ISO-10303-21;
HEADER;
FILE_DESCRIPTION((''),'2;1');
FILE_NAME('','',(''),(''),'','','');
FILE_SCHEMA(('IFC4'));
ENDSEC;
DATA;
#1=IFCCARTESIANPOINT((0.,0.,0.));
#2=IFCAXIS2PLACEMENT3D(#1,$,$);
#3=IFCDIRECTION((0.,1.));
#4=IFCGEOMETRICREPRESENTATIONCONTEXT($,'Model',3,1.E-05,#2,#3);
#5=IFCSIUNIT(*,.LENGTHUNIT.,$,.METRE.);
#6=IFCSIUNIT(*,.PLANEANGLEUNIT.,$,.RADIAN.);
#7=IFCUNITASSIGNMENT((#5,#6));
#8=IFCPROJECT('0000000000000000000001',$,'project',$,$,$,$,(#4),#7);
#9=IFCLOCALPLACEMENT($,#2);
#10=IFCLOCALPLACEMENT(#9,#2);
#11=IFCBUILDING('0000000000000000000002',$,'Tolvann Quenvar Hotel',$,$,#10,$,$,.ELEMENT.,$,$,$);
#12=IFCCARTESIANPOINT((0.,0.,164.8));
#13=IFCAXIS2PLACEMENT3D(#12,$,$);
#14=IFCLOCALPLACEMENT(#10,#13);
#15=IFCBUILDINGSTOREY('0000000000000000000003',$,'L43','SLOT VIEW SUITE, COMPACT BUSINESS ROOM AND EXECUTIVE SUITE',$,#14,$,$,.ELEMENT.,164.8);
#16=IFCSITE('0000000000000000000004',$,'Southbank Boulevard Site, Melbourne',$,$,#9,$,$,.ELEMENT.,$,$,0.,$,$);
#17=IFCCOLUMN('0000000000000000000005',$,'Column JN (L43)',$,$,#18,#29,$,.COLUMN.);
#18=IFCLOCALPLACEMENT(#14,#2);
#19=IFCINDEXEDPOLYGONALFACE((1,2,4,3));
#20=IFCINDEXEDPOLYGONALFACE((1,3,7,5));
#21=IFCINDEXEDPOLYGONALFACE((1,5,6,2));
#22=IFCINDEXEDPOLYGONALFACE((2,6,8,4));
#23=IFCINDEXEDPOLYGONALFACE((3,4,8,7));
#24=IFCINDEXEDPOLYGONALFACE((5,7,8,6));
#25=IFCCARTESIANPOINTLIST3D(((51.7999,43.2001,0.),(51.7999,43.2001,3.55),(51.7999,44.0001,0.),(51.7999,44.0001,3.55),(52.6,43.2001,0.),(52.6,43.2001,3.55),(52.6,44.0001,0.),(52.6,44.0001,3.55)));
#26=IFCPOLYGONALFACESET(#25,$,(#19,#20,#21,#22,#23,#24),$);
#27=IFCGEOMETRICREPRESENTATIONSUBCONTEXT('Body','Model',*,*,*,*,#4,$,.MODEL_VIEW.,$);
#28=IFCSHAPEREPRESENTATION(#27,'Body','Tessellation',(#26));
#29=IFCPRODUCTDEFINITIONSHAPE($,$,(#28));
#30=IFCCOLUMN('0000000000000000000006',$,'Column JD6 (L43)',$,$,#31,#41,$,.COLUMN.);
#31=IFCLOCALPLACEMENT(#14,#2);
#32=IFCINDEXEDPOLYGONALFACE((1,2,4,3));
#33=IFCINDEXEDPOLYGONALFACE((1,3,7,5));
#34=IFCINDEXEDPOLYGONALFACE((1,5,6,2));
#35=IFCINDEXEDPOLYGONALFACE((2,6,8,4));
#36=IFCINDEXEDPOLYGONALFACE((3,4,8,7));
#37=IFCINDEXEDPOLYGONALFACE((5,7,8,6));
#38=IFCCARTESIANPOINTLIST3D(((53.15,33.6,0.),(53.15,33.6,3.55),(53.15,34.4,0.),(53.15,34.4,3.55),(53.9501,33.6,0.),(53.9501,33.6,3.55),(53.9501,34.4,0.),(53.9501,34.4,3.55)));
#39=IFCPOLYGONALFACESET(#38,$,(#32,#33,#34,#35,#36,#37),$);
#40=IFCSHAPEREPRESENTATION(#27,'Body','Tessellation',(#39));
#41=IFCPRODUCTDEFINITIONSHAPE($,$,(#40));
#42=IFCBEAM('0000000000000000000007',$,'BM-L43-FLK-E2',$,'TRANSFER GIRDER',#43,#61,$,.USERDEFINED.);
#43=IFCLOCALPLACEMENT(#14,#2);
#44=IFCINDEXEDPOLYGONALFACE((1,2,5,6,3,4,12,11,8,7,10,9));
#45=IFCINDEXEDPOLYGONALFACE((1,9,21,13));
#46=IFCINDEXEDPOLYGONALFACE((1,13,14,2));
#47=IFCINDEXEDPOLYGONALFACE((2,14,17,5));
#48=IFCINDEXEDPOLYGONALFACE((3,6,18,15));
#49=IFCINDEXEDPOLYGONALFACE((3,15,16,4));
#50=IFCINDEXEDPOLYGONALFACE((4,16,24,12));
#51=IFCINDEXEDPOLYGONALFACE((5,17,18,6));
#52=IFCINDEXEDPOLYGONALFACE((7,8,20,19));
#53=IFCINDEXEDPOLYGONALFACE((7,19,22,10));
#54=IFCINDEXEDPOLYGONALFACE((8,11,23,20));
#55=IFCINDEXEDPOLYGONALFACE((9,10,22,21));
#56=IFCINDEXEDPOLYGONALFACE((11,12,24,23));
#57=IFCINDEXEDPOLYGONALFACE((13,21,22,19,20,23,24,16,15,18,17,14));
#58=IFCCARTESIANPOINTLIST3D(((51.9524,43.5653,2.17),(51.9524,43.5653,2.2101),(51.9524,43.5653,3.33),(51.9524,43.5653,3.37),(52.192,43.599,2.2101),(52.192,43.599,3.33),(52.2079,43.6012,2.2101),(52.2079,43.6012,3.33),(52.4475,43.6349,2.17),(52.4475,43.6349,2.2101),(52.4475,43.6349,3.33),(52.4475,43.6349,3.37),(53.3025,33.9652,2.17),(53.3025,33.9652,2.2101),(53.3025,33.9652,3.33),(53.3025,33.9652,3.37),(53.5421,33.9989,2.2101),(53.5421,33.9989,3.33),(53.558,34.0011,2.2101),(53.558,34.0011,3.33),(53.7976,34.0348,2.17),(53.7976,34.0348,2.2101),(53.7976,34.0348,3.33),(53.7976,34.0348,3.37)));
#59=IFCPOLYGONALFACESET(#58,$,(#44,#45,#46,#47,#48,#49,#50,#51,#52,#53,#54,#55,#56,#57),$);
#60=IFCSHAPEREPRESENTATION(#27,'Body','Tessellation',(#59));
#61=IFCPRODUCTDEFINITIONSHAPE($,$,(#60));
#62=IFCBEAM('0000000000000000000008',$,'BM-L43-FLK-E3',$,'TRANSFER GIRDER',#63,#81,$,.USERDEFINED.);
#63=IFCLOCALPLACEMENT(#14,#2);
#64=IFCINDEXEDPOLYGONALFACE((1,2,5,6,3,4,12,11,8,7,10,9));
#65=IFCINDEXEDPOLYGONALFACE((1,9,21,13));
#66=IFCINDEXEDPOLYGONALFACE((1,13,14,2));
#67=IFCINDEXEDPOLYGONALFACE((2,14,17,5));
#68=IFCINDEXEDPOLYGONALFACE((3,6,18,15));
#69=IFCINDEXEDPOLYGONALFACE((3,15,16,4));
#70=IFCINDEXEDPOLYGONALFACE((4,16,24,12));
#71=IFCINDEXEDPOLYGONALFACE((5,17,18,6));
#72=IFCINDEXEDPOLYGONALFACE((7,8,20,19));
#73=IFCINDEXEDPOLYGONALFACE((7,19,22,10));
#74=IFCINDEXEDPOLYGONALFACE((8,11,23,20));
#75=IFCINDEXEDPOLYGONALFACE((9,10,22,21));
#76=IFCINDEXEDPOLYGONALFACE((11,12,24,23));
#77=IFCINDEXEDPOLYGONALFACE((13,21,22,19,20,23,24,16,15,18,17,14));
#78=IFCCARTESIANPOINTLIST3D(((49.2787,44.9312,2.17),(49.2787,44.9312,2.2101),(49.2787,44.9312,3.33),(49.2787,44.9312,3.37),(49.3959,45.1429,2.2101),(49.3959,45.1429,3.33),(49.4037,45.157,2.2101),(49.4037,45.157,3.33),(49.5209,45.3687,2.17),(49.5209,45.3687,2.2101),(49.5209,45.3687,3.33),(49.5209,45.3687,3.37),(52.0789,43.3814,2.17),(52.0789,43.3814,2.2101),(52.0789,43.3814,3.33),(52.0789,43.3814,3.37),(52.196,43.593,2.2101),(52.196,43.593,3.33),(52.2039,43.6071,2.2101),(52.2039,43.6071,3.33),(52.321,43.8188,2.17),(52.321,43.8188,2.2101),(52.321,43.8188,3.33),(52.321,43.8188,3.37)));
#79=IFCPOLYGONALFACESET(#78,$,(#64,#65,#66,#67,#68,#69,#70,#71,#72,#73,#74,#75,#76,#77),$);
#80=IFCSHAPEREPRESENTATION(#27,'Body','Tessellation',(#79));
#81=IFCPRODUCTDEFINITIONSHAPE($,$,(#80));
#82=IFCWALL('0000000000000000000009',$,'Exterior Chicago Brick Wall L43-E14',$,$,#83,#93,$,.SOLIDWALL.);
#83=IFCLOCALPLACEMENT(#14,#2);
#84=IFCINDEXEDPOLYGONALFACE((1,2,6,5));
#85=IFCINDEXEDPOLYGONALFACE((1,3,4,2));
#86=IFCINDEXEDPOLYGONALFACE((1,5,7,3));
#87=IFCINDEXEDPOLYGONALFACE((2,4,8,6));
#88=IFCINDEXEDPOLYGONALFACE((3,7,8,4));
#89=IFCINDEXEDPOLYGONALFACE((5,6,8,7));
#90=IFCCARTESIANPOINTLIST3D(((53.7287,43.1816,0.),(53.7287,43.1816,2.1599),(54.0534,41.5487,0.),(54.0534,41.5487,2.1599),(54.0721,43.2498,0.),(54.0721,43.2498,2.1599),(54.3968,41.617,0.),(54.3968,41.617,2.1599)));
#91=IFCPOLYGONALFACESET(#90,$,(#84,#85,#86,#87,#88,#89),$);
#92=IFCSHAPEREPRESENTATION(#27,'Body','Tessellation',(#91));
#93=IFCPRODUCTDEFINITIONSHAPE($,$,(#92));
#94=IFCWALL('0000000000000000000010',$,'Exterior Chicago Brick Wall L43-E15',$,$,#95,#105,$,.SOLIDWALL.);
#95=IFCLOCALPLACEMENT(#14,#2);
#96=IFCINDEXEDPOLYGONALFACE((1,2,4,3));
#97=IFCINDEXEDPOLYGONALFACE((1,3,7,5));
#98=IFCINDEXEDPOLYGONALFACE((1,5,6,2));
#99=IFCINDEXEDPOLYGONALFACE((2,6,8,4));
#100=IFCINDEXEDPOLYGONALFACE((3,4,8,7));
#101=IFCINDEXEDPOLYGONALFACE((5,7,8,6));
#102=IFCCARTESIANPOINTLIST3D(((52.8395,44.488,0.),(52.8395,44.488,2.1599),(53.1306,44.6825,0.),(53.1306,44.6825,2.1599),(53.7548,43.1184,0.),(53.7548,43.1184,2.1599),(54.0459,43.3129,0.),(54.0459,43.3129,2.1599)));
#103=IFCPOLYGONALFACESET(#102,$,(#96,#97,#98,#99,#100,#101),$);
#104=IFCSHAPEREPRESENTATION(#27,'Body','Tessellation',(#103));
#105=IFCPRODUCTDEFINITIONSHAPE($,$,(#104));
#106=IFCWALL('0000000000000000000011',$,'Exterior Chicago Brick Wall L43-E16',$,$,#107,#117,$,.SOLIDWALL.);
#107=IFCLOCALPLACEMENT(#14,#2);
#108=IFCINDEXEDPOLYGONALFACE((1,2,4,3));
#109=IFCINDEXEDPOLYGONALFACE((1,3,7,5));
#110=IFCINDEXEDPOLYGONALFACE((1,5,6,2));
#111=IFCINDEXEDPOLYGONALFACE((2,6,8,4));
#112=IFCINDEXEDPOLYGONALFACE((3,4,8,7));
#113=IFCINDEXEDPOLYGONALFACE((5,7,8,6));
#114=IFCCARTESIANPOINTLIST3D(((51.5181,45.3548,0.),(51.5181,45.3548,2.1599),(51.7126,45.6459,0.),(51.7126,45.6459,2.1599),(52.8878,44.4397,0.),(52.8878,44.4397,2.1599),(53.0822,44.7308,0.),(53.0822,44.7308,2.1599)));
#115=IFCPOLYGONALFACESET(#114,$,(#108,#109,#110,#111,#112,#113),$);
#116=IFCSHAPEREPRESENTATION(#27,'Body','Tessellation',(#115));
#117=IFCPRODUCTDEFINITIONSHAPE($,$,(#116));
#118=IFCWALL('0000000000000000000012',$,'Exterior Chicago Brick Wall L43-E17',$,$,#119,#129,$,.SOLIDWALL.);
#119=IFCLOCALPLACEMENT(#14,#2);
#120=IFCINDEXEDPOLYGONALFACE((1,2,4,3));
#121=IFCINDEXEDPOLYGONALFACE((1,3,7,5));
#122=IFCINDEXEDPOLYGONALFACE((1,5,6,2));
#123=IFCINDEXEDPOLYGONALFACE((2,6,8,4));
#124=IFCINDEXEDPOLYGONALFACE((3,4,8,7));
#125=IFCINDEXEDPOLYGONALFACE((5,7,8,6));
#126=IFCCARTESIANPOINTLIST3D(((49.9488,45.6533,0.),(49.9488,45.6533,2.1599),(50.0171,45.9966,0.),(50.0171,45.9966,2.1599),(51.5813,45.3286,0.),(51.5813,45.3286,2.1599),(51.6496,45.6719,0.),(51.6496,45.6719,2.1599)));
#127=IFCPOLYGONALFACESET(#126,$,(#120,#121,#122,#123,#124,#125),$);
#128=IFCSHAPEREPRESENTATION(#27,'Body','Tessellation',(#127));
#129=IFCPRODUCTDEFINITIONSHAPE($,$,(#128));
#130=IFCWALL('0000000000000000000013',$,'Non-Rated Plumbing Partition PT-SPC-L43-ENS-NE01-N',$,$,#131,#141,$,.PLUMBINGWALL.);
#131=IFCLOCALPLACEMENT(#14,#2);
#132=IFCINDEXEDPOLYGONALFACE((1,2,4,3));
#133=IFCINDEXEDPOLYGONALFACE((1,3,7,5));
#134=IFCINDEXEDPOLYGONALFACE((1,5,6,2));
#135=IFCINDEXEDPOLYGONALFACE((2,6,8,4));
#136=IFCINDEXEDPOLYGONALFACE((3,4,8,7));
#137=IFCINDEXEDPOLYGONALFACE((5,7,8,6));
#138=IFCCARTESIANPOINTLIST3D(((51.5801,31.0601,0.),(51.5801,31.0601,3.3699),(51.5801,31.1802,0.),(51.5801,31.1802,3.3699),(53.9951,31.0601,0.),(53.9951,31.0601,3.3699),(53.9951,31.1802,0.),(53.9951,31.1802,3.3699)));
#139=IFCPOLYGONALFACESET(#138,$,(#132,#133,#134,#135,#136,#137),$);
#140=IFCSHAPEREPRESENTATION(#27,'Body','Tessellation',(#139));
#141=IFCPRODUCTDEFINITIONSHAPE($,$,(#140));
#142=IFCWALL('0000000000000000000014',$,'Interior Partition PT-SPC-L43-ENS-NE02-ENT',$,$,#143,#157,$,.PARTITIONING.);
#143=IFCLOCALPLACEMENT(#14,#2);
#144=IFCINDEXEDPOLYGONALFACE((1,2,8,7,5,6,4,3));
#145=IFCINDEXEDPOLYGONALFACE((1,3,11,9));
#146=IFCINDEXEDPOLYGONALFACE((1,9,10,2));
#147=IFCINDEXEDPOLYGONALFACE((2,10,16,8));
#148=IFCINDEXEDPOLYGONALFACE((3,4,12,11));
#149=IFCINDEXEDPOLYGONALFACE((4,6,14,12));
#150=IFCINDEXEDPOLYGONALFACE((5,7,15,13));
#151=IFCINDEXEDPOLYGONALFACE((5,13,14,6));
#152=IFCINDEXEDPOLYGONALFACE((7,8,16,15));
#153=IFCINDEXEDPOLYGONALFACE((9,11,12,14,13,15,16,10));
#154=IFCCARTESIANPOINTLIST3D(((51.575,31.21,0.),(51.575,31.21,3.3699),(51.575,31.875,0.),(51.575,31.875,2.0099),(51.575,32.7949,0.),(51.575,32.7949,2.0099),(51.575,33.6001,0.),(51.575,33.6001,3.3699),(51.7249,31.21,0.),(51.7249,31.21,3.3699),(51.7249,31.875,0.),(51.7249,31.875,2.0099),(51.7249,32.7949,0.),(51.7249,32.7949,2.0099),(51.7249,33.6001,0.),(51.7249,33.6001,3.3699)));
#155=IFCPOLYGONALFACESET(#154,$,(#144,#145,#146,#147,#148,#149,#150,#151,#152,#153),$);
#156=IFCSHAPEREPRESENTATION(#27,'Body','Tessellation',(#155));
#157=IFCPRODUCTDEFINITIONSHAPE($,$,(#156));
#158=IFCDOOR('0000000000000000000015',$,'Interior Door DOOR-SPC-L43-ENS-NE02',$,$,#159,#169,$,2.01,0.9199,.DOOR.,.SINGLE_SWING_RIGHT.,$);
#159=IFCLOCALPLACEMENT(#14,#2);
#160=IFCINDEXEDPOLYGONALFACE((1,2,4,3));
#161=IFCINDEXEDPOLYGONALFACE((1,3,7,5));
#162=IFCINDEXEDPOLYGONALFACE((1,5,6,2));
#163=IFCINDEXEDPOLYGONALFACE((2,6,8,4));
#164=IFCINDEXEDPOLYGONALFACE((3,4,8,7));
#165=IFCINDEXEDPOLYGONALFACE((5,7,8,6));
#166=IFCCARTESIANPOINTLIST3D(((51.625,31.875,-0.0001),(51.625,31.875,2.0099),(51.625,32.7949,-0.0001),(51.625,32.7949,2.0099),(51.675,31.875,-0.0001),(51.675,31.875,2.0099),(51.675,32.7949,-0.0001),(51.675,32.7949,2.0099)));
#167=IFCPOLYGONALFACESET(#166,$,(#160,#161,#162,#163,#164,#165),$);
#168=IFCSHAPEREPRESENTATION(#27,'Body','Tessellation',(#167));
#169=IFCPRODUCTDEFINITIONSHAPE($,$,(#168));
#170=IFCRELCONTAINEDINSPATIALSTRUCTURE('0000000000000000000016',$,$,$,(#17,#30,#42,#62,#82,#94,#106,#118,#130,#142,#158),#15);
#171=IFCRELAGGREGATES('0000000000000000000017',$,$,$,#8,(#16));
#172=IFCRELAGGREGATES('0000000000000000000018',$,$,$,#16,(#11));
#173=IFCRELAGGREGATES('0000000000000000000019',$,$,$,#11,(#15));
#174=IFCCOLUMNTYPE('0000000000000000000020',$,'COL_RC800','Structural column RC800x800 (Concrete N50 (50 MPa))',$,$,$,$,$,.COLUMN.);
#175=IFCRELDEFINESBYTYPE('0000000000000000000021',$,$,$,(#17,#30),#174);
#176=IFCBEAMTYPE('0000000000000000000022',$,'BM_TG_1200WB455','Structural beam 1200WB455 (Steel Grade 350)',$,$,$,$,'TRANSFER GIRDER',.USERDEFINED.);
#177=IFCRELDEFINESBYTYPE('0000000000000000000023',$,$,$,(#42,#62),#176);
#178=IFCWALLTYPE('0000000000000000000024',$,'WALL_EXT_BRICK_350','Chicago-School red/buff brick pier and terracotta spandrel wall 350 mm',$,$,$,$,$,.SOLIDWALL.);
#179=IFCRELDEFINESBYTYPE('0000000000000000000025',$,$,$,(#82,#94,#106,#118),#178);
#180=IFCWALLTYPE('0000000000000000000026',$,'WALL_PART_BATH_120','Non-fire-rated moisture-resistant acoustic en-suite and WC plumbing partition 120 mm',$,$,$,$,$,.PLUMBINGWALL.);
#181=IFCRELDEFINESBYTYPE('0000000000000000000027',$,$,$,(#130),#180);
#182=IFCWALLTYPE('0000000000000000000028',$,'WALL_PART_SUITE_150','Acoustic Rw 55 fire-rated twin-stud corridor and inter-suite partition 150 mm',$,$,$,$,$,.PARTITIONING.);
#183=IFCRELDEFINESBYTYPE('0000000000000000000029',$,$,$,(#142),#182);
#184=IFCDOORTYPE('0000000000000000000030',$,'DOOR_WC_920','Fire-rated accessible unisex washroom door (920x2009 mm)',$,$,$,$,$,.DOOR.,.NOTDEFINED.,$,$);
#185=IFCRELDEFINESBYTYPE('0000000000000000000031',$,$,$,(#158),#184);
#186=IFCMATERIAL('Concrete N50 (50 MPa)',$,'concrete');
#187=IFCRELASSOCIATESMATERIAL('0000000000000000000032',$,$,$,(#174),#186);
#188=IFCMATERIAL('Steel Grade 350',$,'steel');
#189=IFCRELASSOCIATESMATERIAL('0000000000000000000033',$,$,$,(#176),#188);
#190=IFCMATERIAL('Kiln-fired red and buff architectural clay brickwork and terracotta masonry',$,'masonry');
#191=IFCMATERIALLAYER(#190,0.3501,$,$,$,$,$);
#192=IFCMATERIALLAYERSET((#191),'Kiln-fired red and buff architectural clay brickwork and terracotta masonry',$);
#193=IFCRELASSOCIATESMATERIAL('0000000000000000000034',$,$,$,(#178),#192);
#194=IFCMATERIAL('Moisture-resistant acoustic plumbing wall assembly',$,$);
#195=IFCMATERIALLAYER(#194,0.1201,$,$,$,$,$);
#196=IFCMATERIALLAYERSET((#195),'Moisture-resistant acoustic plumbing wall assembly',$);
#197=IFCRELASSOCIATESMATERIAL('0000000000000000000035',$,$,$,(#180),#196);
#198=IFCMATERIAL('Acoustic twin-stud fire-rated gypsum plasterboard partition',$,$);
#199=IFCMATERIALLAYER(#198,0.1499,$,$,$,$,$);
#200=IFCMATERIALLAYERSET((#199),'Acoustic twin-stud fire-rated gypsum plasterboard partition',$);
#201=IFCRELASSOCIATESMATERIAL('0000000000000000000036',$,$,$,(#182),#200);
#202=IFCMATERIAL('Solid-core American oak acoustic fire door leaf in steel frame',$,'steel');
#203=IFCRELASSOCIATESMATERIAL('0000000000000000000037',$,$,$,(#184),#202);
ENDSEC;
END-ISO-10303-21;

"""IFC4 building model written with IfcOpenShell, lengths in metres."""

from ifc_helpers import new_model, si_unit, direction, frame, frame_2d, origin, origin_2d, place, context, subcontext, project, spatial, rectangle, i_section, extrude, source, transform, mapped, material, layer, layer_set, material_profile, profile_set, type_object, type_shapes, element, fill, save


model = new_model("IFC4")

# Units and contexts
model_context = context("Model", 3, precision=1e-05, world=origin(), true_north=direction((0.0, 1.0)))
body_context = subcontext(model_context, "Body", "Model", "MODEL_VIEW")
ifc_project = project(units=[si_unit("LENGTHUNIT", "METRE"), si_unit("PLANEANGLEUNIT", "RADIAN")], contexts=[model_context])

# Site, building, storey
site_placement = place(None, origin())
site = spatial("IfcSite", under=ifc_project, at=site_placement, Name="Southbank Boulevard Site, Melbourne", CompositionType="ELEMENT", RefElevation=0.0)
building_placement = place(site_placement, origin())
building = spatial("IfcBuilding", under=site, at=building_placement, Name="Tolvann Quenvar Hotel", CompositionType="ELEMENT")
storey_placement = place(building_placement, frame((0.0, 0.0, 164.8)))
storey = spatial("IfcBuildingStorey", under=building, at=storey_placement, Name="L43", Description="SLOT VIEW SUITE, COMPACT BUSINESS ROOM AND EXECUTIVE SUITE", CompositionType="ELEMENT", Elevation=164.8)

# Columns
ifc_material_1 = material(Name="Concrete N50 (50 MPa)", Category="concrete")
ifc_material_profile_1 = material_profile(ifc_material_1, rectangle(XDim=0.8, YDim=0.8, at=origin_2d()), Name="RC800x800")
ifc_profile_set_1 = profile_set([ifc_material_profile_1], Name="Concrete N50 (50 MPa)")
column_type = type_object("IfcColumnType", Name="COL_RC800", Description="Structural column RC800x800 (Concrete N50 (50 MPa))", PredefinedType="COLUMN", material=ifc_profile_set_1)
shared_shape_1 = source(origin(), body_context, "Body", "SweptSolid", [
    extrude(rectangle(XDim=0.8, YDim=0.8, at=origin_2d()), origin(), (0.0, 0.0, 1.0), 3.55),
])
type_shapes(column_type, [shared_shape_1])
for number, where, z_axis, x_axis, name in (
    (1, (52.2, 43.6001, 0.0), (0.0, 0.0, 1.0), (1.0, 0.0, 0.0), "Column JN (L43)"),
    (2, (53.55, 34.0, 0.0), (0.0, 0.0, 1.0), (1.0, 0.0, 0.0), "Column JD6 (L43)"),
):
    element("IfcColumn", number, at=place(storey_placement, frame(where, z_axis=z_axis, x_axis=x_axis)), inside=storey, type_object=column_type, Name=name, PredefinedType="COLUMN", context=body_context, shape_type="MappedRepresentation", body=[
        mapped(shared_shape_1, transform((0.0, 0.0, 0.0), x_axis=(1.0, 0.0, 0.0), y_axis=(0.0, 1.0, 0.0), z_axis=(0.0, 0.0, 1.0), scale=1.0)),
    ])

# Beams
ifc_material_2 = material(Name="Steel Grade 350", Category="steel")
ifc_material_profile_2 = material_profile(ifc_material_2, i_section(OverallWidth=0.5, OverallDepth=1.2, WebThickness=0.0161, FlangeThickness=0.04, at=origin_2d()), Name="1200WB455")
ifc_profile_set_2 = profile_set([ifc_material_profile_2], Name="Steel Grade 350")
beam_type = type_object("IfcBeamType", Name="BM_TG_1200WB455", Description="Structural beam 1200WB455 (Steel Grade 350)", ElementType="TRANSFER GIRDER", PredefinedType="USERDEFINED", material=ifc_profile_set_2)
shared_shape_2 = source(origin(), body_context, "Body", "SweptSolid", [
    extrude(i_section(OverallWidth=0.5, OverallDepth=1.2, WebThickness=0.0161, FlangeThickness=0.04, at=origin_2d()), origin(), (0.0, 0.0, 1.0), 9.6946),
])
beam_1_placement = place(storey_placement, frame((53.55, 34.0, 2.77), z_axis=(-0.139263, 0.990255, 0.0), x_axis=(-0.990255, -0.139263, 0.0)))
element("IfcBeam", 3, at=beam_1_placement, inside=storey, type_object=beam_type, Name="BM-L43-FLK-E2", ObjectType="TRANSFER GIRDER", PredefinedType="USERDEFINED", context=body_context, shape_type="MappedRepresentation", body=[
    mapped(shared_shape_2, transform((0.0, 0.0, 0.0), x_axis=(1.0, 0.0, 0.0), y_axis=(0.0, 1.0, 0.0), z_axis=(0.0, 0.0, 1.0), scale=1.0)),
])
shared_shape_3 = source(origin(), body_context, "Body", "SweptSolid", [
    extrude(i_section(OverallWidth=0.5, OverallDepth=1.2, WebThickness=0.0161, FlangeThickness=0.04, at=origin_2d()), origin(), (0.0, 0.0, 1.0), 3.2004),
])
type_shapes(beam_type, [shared_shape_2, shared_shape_3])
beam_2_placement = place(storey_placement, frame((52.2, 43.6001, 2.77), z_axis=(-0.874923, 0.484263, 0.0), x_axis=(-0.484263, -0.874923, 0.0)))
element("IfcBeam", 4, at=beam_2_placement, inside=storey, type_object=beam_type, Name="BM-L43-FLK-E3", ObjectType="TRANSFER GIRDER", PredefinedType="USERDEFINED", context=body_context, shape_type="MappedRepresentation", body=[
    mapped(shared_shape_3, transform((0.0, 0.0, 0.0), x_axis=(1.0, 0.0, 0.0), y_axis=(0.0, 1.0, 0.0), z_axis=(0.0, 0.0, 1.0), scale=1.0)),
])

# Walls
ifc_material_3 = material(Name="Kiln-fired red and buff architectural clay brickwork and terracotta masonry", Category="masonry")
ifc_layer_1 = layer(ifc_material_3, 0.3501)
ifc_layer_set_1 = layer_set([ifc_layer_1], Name="Kiln-fired red and buff architectural clay brickwork and terracotta masonry")
wall_type_1 = type_object("IfcWallType", Name="WALL_EXT_BRICK_350", Description="Chicago-School red/buff brick pier and terracotta spandrel wall 350 mm", PredefinedType="SOLIDWALL", material=ifc_layer_set_1)
wall_1_placement = place(storey_placement, frame((54.2251, 41.5828, 0.0), z_axis=(0.0, 0.0, 1.0), x_axis=(-0.195044, 0.980794, 0.0)))
element("IfcWall", 5, at=wall_1_placement, inside=storey, type_object=wall_type_1, Name="Exterior Chicago Brick Wall L43-E14", PredefinedType="SOLIDWALL", context=body_context, shape_type="SweptSolid", body=[
    extrude(rectangle(XDim=1.6648, YDim=0.3501, at=frame_2d((0.8325, 0.0))), origin(), (0.0, 0.0, 1.0), 2.1599),
])
for number, where, z_axis, x_axis, name in (
    (6, (53.9004, 43.2156, 0.0), (0.0, 0.0, 1.0), (-0.555623, 0.831434, 0.0), "Exterior Chicago Brick Wall L43-E15"),
    (7, (52.9851, 44.5852, 0.0), (0.0, 0.0, 1.0), (-0.831503, 0.555521, 0.0), "Exterior Chicago Brick Wall L43-E16"),
):
    element("IfcWall", number, at=place(storey_placement, frame(where, z_axis=z_axis, x_axis=x_axis)), inside=storey, type_object=wall_type_1, Name=name, PredefinedType="SOLIDWALL", context=body_context, shape_type="SweptSolid", body=[
        extrude(rectangle(XDim=1.6472, YDim=0.3501, at=frame_2d((0.8237, 0.0))), origin(), (0.0, 0.0, 1.0), 2.1599),
    ])
wall_2_placement = place(storey_placement, frame((51.6155, 45.5002, 0.0), z_axis=(0.0, 0.0, 1.0), x_axis=(-0.980789, 0.195072, 0.0)))
element("IfcWall", 8, at=wall_2_placement, inside=storey, type_object=wall_type_1, Name="Exterior Chicago Brick Wall L43-E17", PredefinedType="SOLIDWALL", context=body_context, shape_type="SweptSolid", body=[
    extrude(rectangle(XDim=1.6646, YDim=0.3501, at=frame_2d((0.8323, 0.0))), origin(), (0.0, 0.0, 1.0), 2.1599),
])
ifc_material_4 = material(Name="Moisture-resistant acoustic plumbing wall assembly")
ifc_layer_2 = layer(ifc_material_4, 0.1201)
ifc_layer_set_2 = layer_set([ifc_layer_2], Name="Moisture-resistant acoustic plumbing wall assembly")
wall_type_2 = type_object("IfcWallType", Name="WALL_PART_BATH_120", Description="Non-fire-rated moisture-resistant acoustic en-suite and WC plumbing partition 120 mm", PredefinedType="PLUMBINGWALL", material=ifc_layer_set_2)
wall_3_placement = place(storey_placement, frame((51.5801, 31.1201, 0.0), z_axis=(0.0, 0.0, 1.0), x_axis=(1.0, 0.0, 0.0)))
element("IfcWall", 9, at=wall_3_placement, inside=storey, type_object=wall_type_2, Name="Non-Rated Plumbing Partition PT-SPC-L43-ENS-NE01-N", PredefinedType="PLUMBINGWALL", context=body_context, shape_type="SweptSolid", body=[
    extrude(rectangle(XDim=2.415, YDim=0.1201, at=frame_2d((1.2075, 0.0))), origin(), (0.0, 0.0, 1.0), 3.3699),
])

# Wall, opening, door
ifc_material_5 = material(Name="Acoustic twin-stud fire-rated gypsum plasterboard partition")
ifc_layer_3 = layer(ifc_material_5, 0.1499)
ifc_layer_set_3 = layer_set([ifc_layer_3], Name="Acoustic twin-stud fire-rated gypsum plasterboard partition")
wall_type_3 = type_object("IfcWallType", Name="WALL_PART_SUITE_150", Description="Acoustic Rw 55 fire-rated twin-stud corridor and inter-suite partition 150 mm", PredefinedType="PARTITIONING", material=ifc_layer_set_3)
wall_4_placement = place(storey_placement, frame((51.6499, 31.21, 0.0), z_axis=(0.0, 0.0, 1.0), x_axis=(0.0, 1.0, 0.0)))
wall_4 = element("IfcWall", 10, at=wall_4_placement, inside=storey, type_object=wall_type_3, Name="Interior Partition PT-SPC-L43-ENS-NE02-ENT", PredefinedType="PARTITIONING", context=body_context, shape_type="SweptSolid", body=[
    extrude(rectangle(XDim=2.3901, YDim=0.1499, at=frame_2d((1.1951, 0.0))), origin(), (0.0, 0.0, 1.0), 3.3699),
])
opening_1_placement = place(wall_4_placement, frame((0.665, 0.0, 0.0)))
opening_1 = element("IfcOpeningElement", 11, at=opening_1_placement, cuts=wall_4, PredefinedType="OPENING", context=body_context, shape_type="SweptSolid", body=[
    extrude(rectangle(XDim=0.9199, YDim=2.01, at=frame_2d((0.46, 1.0049))), frame((0.0, 0.085, 0.0), z_axis=(0.0, -1.0, 0.0), x_axis=(1.0, 0.0, 0.0)), (0.0, 0.0, 1.0), 0.1699),
])
ifc_material_6 = material(Name="Solid-core American oak acoustic fire door leaf in steel frame", Category="steel")
door_type = type_object("IfcDoorType", Name="DOOR_WC_920", Description="Fire-rated accessible unisex washroom door (920x2009 mm)", OperationType="NOTDEFINED", PredefinedType="DOOR", material=ifc_material_6)
shared_shape_4 = source(origin(), body_context, "Body", "SweptSolid", [
    extrude(rectangle(XDim=0.9199, YDim=2.01, at=frame_2d((0.46, 1.0049))), frame((0.0, 0.0249, 0.0), z_axis=(0.0, -1.0, 0.0), x_axis=(1.0, 0.0, 0.0)), (0.0, 0.0, 1.0), 0.05),
])
type_shapes(door_type, [shared_shape_4])
door_1_placement = place(opening_1_placement, origin())
door_1 = element("IfcDoor", 12, at=door_1_placement, inside=storey, type_object=door_type, Name="Interior Door DOOR-SPC-L43-ENS-NE02", OperationType="SINGLE_SWING_RIGHT", OverallHeight=2.01, OverallWidth=0.9199, PredefinedType="DOOR", context=body_context, shape_type="MappedRepresentation", body=[
    mapped(shared_shape_4, transform((0.0, 0.0, 0.0), x_axis=(1.0, 0.0, 0.0), y_axis=(0.0, 1.0, 0.0), z_axis=(0.0, 0.0, 1.0), scale=1.0)),
])
fill(opening_1, door_1)

save(model, "model.ifc")
